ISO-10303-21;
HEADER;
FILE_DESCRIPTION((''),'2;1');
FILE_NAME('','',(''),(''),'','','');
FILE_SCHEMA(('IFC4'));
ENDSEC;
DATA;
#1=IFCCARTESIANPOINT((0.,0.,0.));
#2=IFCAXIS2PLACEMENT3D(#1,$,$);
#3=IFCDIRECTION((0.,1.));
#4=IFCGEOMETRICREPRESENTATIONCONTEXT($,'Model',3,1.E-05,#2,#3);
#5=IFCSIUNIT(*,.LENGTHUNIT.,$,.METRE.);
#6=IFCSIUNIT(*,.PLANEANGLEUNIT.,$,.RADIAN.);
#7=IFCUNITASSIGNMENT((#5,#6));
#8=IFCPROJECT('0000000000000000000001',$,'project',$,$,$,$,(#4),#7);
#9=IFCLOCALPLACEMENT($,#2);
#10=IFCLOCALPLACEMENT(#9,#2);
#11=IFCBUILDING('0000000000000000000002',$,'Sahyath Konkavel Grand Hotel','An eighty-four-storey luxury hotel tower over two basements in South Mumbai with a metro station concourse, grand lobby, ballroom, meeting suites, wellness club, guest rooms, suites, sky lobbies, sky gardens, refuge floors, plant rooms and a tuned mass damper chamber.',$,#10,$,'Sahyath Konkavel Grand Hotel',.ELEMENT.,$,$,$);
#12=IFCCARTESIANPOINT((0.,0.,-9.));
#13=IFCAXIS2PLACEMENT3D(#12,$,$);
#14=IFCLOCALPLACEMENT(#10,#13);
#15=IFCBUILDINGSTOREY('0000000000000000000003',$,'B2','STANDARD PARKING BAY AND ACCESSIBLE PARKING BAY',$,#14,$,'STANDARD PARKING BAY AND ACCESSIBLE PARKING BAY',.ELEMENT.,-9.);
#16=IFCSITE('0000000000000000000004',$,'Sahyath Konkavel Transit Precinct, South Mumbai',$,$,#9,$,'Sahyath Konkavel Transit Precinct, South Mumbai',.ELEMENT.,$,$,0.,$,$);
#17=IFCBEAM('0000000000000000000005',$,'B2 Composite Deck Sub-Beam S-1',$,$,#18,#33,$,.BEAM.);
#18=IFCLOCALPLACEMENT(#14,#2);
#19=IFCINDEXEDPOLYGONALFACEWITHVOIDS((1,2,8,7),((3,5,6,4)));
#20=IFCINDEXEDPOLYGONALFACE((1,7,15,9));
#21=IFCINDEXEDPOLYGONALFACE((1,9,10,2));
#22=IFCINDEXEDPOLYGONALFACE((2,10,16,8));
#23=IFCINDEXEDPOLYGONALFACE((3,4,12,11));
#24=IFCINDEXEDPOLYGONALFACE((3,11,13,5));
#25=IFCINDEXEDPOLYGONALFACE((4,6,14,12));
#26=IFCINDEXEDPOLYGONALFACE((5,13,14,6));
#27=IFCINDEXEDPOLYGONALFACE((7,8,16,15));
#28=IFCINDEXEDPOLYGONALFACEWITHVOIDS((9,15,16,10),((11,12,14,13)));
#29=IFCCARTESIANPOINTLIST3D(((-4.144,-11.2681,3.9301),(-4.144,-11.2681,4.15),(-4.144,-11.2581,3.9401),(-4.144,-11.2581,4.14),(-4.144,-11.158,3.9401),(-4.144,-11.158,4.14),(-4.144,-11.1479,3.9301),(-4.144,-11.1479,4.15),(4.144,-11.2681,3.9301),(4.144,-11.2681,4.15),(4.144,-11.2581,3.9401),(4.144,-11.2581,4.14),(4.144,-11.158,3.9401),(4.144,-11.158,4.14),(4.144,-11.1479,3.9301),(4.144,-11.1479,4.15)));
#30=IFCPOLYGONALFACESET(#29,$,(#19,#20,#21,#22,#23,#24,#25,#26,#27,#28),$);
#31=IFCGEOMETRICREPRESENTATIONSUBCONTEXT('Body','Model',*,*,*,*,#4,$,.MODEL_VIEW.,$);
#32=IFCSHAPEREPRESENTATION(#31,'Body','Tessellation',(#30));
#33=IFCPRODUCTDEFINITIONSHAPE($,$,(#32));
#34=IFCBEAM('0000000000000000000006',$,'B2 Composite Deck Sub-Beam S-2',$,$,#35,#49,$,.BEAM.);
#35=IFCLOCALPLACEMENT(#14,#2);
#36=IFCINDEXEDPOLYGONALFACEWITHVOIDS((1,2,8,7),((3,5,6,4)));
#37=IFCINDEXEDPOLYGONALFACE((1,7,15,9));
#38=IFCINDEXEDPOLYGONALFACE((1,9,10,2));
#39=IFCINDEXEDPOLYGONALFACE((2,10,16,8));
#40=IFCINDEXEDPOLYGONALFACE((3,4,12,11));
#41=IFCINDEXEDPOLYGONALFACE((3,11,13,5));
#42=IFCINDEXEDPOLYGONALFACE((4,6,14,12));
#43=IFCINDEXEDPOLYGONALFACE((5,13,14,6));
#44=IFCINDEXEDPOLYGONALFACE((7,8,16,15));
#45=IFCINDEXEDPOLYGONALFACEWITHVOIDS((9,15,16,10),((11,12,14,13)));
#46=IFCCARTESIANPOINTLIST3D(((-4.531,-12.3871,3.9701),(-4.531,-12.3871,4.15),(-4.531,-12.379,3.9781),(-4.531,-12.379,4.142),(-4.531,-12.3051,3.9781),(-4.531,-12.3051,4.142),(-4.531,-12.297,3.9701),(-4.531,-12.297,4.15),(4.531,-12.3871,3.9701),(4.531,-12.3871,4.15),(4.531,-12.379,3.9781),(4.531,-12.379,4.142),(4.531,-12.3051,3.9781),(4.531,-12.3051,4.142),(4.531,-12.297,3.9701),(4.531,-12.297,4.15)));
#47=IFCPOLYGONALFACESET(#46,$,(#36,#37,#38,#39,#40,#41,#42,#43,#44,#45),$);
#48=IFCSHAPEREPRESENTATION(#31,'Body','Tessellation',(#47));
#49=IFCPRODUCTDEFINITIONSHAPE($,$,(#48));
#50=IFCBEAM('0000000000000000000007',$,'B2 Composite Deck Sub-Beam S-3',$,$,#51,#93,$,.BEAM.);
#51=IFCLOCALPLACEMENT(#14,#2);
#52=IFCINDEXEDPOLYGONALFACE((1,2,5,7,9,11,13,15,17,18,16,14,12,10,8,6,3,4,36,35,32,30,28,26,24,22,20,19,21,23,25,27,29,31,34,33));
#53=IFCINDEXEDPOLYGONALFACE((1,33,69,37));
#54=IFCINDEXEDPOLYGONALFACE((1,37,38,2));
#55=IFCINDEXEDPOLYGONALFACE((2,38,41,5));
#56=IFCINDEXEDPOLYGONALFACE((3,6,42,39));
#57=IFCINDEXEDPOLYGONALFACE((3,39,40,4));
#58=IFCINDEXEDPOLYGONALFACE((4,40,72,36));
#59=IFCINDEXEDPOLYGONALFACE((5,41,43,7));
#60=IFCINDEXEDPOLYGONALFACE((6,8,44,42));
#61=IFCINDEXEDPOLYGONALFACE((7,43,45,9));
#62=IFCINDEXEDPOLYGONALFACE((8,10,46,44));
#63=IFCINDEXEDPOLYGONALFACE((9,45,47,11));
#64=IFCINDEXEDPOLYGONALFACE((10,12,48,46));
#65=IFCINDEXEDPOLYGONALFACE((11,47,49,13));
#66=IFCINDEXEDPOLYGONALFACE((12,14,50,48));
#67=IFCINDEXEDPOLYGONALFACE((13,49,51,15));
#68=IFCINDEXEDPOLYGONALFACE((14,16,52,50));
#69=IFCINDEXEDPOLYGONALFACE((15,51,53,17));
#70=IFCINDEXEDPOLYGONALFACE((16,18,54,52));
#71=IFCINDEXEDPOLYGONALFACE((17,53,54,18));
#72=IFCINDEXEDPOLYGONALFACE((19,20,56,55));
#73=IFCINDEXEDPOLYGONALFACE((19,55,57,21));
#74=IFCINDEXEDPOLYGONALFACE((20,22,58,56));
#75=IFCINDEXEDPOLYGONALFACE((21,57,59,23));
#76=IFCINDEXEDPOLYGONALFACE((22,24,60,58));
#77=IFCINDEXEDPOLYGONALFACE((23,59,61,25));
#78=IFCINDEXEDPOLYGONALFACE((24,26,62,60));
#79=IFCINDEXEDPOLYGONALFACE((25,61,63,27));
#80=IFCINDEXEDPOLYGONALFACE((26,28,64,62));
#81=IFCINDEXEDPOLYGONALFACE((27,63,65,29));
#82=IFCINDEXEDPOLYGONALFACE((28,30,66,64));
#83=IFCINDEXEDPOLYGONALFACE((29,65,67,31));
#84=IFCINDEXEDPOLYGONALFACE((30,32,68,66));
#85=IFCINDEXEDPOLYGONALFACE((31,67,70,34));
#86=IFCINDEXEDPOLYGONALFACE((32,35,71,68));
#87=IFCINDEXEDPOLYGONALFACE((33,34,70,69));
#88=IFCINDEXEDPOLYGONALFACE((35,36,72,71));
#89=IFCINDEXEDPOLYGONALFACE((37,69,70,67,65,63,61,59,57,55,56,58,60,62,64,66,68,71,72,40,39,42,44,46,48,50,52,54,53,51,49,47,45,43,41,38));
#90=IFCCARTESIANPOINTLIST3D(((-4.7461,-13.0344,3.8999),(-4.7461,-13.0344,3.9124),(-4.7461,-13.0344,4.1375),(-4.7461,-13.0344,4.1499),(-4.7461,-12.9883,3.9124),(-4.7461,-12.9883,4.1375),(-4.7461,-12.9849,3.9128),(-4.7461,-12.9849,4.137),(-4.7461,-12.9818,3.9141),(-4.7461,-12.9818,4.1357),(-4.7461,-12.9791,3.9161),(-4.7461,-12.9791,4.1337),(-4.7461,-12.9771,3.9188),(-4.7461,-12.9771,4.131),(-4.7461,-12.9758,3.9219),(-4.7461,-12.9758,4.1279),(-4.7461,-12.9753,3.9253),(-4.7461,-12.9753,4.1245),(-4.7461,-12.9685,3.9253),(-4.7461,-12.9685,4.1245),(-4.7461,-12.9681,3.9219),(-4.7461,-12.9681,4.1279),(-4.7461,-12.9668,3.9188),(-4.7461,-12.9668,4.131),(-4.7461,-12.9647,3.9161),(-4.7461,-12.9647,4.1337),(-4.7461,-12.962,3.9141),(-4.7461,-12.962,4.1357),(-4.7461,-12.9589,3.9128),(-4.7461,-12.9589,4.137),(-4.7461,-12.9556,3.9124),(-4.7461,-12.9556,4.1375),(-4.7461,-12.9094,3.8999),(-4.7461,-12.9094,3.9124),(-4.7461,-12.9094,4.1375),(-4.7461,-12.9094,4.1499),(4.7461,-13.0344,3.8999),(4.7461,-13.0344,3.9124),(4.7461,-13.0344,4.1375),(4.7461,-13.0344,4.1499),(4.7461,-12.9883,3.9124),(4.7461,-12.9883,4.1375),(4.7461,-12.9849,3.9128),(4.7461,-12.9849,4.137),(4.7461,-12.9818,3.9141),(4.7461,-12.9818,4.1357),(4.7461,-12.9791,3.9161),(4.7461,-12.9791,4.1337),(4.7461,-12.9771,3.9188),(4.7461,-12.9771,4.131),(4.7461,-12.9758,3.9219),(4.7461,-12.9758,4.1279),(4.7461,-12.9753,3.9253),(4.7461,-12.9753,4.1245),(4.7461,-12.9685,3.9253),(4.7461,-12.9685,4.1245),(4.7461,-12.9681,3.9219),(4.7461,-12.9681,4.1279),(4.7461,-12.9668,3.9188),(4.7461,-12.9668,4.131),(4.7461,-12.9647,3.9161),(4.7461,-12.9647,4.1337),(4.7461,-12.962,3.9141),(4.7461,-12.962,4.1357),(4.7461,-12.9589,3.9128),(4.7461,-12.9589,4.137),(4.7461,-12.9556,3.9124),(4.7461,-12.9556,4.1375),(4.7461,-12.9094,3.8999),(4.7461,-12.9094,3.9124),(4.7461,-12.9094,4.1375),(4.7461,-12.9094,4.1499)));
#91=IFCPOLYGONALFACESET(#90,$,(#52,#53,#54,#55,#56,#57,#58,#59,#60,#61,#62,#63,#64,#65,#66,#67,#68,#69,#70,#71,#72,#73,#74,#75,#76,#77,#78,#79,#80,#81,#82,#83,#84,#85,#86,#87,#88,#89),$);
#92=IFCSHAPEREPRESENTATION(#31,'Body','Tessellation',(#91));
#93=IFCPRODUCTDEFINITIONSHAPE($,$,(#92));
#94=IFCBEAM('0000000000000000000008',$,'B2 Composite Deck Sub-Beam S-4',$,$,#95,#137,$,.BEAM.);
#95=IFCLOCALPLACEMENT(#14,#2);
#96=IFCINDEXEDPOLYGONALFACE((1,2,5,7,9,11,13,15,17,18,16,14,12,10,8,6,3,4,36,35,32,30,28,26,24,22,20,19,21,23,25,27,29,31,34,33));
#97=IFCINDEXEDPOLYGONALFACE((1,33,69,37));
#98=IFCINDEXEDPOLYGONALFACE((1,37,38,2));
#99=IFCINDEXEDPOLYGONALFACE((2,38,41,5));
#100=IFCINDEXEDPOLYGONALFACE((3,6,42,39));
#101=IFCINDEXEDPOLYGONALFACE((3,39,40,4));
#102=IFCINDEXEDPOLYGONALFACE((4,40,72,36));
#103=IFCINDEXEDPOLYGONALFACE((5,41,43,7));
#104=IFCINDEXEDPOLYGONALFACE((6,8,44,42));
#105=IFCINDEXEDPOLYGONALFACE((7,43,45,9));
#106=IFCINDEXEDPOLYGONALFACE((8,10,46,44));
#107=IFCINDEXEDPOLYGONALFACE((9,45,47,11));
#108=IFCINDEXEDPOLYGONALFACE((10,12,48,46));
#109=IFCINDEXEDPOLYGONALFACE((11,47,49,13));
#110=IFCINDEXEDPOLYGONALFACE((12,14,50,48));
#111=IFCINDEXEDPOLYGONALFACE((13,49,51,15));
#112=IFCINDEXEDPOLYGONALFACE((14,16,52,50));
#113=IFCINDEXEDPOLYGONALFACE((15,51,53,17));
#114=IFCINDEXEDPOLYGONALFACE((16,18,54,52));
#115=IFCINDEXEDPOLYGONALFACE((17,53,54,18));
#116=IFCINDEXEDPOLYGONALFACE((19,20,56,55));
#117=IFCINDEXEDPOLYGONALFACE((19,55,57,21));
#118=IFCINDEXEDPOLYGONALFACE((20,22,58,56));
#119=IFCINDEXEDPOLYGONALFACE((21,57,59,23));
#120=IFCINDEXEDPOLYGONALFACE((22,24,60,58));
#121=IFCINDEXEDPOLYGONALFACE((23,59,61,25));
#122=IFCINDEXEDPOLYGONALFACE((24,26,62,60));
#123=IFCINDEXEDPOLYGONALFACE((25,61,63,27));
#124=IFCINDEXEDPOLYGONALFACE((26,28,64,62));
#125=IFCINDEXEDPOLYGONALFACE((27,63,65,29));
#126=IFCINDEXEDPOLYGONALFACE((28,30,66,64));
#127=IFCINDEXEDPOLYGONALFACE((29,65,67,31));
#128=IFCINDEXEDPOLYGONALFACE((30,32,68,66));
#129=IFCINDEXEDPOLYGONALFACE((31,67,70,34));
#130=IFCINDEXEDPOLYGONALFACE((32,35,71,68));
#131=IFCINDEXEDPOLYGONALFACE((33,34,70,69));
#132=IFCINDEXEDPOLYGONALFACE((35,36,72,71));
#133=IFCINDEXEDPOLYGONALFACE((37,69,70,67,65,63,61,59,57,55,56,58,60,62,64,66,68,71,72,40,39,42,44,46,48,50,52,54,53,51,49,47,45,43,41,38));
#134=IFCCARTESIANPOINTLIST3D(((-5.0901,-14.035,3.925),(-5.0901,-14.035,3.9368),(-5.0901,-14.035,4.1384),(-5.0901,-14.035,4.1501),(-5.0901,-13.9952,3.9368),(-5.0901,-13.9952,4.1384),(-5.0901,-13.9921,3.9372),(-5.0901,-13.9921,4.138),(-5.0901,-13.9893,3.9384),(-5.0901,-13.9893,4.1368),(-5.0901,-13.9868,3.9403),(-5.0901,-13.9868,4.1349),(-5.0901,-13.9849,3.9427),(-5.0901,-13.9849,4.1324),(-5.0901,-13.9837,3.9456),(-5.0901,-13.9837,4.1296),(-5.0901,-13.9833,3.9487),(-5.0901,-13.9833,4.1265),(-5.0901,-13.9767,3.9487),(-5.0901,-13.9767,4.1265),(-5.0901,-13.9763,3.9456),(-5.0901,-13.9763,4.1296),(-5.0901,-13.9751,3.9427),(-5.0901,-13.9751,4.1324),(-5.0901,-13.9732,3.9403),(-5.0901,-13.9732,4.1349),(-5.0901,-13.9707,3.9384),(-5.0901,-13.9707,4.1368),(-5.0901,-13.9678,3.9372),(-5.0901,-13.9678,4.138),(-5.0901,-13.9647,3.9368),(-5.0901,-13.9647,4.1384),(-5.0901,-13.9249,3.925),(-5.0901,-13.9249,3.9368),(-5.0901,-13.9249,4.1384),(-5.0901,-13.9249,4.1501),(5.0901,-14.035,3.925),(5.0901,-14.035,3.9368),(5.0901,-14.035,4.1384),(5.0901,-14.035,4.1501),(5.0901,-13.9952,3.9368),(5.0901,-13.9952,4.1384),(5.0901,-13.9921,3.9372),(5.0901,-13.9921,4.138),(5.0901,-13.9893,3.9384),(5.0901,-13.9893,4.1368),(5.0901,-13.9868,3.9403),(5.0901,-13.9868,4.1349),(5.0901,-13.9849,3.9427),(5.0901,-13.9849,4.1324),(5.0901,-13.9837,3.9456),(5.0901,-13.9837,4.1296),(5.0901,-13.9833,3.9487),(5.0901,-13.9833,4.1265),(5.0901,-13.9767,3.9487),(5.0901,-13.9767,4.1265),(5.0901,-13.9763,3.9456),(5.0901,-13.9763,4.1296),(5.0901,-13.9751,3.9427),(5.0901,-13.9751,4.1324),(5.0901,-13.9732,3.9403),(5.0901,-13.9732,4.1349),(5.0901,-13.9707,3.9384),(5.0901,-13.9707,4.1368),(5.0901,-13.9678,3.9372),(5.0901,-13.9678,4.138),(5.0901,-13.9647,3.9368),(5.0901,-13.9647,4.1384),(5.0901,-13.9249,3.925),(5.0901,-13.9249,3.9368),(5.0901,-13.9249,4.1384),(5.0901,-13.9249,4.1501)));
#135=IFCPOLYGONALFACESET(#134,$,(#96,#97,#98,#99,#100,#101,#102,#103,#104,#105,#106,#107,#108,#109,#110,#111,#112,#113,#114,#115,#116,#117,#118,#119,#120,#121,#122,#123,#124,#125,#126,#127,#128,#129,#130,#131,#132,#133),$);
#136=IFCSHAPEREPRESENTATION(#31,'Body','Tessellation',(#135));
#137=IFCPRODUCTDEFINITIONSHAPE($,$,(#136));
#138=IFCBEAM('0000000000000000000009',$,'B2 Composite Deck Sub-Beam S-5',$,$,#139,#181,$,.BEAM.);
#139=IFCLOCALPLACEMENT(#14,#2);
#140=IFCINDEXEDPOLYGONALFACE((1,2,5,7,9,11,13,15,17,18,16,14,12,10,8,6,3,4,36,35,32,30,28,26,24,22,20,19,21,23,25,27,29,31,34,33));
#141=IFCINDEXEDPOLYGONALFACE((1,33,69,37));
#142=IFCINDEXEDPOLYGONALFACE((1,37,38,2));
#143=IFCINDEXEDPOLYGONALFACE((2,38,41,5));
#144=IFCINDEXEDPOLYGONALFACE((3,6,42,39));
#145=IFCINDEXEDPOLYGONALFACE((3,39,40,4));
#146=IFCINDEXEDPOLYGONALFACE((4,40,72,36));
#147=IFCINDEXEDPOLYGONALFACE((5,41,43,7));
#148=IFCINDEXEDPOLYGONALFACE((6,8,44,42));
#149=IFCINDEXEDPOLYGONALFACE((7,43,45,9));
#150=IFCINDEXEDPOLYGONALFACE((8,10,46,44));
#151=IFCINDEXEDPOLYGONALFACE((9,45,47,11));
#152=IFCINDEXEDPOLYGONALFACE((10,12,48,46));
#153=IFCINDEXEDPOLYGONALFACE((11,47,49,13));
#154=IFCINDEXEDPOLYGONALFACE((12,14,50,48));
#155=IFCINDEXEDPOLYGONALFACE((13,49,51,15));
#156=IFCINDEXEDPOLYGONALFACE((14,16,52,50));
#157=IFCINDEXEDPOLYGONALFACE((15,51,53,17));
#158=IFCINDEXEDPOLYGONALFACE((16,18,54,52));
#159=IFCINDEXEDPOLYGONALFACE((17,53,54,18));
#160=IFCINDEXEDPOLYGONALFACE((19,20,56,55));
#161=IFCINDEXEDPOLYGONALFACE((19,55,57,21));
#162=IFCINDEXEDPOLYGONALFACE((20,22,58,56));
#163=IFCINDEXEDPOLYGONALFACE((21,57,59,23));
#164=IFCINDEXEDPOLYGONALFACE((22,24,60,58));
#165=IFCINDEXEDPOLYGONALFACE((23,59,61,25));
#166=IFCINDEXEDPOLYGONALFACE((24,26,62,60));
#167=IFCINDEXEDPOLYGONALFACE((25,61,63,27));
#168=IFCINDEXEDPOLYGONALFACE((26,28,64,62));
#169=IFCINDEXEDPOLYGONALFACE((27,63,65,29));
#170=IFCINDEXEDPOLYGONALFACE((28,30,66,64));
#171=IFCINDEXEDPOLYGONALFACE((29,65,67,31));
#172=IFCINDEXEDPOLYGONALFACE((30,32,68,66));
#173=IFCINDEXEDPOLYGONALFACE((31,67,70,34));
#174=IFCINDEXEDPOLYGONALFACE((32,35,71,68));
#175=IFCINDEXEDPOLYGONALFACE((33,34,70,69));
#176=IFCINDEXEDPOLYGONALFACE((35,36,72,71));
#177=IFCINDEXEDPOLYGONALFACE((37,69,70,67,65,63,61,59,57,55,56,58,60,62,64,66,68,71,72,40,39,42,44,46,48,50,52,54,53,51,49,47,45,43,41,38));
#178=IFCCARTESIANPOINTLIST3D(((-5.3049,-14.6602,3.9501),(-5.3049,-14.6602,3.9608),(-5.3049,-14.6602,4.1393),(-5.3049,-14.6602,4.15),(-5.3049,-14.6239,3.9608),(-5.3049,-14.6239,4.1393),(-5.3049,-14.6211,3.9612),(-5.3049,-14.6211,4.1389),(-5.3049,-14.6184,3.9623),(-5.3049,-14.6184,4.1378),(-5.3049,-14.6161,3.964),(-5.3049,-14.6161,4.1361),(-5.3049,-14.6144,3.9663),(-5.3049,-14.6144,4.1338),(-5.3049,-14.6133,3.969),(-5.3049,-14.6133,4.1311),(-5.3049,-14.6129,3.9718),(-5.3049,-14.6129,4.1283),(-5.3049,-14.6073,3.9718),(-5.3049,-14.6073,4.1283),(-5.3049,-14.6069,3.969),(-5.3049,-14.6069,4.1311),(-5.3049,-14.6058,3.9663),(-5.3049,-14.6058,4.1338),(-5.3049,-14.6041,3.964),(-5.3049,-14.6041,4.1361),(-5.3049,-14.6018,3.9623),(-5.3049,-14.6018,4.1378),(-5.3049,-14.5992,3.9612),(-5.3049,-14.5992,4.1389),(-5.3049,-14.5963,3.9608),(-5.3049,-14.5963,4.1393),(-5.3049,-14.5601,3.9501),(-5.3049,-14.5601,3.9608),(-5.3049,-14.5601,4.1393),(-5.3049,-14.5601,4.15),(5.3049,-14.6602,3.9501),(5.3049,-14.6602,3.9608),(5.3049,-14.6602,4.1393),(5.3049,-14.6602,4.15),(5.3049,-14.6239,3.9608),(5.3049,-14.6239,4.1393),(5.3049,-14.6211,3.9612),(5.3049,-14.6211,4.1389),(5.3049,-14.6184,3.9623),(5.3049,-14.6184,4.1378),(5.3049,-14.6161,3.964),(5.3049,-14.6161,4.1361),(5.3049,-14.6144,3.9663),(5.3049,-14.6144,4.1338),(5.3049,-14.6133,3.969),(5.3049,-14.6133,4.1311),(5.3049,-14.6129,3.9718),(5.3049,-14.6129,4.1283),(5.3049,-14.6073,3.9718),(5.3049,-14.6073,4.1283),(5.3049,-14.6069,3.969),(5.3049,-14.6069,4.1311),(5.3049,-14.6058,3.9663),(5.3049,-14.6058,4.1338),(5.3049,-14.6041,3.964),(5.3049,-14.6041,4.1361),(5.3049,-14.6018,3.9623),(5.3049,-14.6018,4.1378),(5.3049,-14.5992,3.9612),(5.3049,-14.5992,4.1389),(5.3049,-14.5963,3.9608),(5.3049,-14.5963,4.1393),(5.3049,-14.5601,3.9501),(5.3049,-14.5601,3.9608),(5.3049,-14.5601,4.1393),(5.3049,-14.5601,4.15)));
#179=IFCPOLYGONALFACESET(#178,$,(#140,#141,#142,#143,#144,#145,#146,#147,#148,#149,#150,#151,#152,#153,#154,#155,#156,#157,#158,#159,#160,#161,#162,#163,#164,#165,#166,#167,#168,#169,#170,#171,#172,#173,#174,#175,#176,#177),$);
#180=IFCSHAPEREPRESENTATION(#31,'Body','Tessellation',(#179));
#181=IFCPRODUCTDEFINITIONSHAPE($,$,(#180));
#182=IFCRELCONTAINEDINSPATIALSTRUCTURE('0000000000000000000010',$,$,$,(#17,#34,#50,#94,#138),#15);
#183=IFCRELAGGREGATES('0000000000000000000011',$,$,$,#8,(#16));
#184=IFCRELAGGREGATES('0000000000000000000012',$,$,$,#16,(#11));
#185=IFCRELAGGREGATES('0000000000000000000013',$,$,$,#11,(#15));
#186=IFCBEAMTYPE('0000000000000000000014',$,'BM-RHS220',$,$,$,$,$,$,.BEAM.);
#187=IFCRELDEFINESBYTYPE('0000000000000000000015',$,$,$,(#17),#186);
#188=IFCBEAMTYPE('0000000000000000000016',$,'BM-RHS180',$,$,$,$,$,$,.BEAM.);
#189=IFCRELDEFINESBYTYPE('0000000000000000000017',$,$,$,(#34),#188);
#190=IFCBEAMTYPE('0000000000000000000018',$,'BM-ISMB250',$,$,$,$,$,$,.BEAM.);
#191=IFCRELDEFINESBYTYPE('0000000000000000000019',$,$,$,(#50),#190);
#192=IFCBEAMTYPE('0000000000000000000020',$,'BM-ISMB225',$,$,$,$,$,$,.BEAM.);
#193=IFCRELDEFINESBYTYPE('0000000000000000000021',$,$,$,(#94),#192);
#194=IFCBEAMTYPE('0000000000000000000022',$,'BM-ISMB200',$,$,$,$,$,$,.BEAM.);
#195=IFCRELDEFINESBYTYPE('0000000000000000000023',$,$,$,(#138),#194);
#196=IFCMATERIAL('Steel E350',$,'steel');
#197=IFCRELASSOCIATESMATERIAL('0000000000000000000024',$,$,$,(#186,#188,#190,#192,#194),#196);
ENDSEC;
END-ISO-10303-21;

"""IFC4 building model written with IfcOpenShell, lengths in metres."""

from ifc_helpers import new_model, si_unit, direction, frame, origin, origin_2d, place, context, subcontext, project, spatial, hollow_rectangle, i_section, extrude, source, transform, mapped, material, material_profile, profile_set, type_object, element, save


model = new_model("IFC4")

# Units and contexts
model_context = context("Model", 3, precision=1e-05, world=origin(), true_north=direction((0.0, 1.0)))
body_context = subcontext(model_context, "Body", "Model", "MODEL_VIEW")
ifc_project = project(units=[si_unit("LENGTHUNIT", "METRE"), si_unit("PLANEANGLEUNIT", "RADIAN")], contexts=[model_context])

# Site, building, storey
site_placement = place(None, origin())
site = spatial("IfcSite", under=ifc_project, at=site_placement, Name="Sahyath Konkavel Transit Precinct, South Mumbai", LongName="Sahyath Konkavel Transit Precinct, South Mumbai", CompositionType="ELEMENT", RefElevation=0.0)
building_placement = place(site_placement, origin())
building = spatial("IfcBuilding", under=site, at=building_placement, Name="Sahyath Konkavel Grand Hotel", Description="An eighty-four-storey luxury hotel tower over two basements in South Mumbai with a metro station concourse, grand lobby, ballroom, meeting suites, wellness club, guest rooms, suites, sky lobbies, sky gardens, refuge floors, plant rooms and a tuned mass damper chamber.", LongName="Sahyath Konkavel Grand Hotel", CompositionType="ELEMENT")
storey_placement = place(building_placement, frame((0.0, 0.0, -9.0)))
storey = spatial("IfcBuildingStorey", under=building, at=storey_placement, Name="B2", Description="STANDARD PARKING BAY AND ACCESSIBLE PARKING BAY", LongName="STANDARD PARKING BAY AND ACCESSIBLE PARKING BAY", CompositionType="ELEMENT", Elevation=-9.0)

# Beams
ifc_material_1 = material(Name="Steel E350", Category="steel")
ifc_material_profile_1 = material_profile(ifc_material_1, hollow_rectangle(XDim=0.1201, YDim=0.22, WallThickness=0.01, at=origin_2d()), Name="RHS 220x120x10")
ifc_profile_set_1 = profile_set([ifc_material_profile_1], Name="Steel E350")
beam_type_1 = type_object("IfcBeamType", Name="BM-RHS220", PredefinedType="BEAM", material=ifc_profile_set_1)
shared_shape_1 = source(origin(), body_context, "Body", "SweptSolid", [
    extrude(hollow_rectangle(XDim=0.1201, YDim=0.22, WallThickness=0.01, at=origin_2d()), origin(), (0.0, 0.0, 1.0), 8.2881),
])
beam_1_placement = place(storey_placement, frame((-4.144, -11.208, 4.04), z_axis=(1.0, 0.0, 0.0), x_axis=(0.0, 1.0, 0.0)))
element("IfcBeam", 1, at=beam_1_placement, inside=storey, type_object=beam_type_1, Name="B2 Composite Deck Sub-Beam S-1", PredefinedType="BEAM", context=body_context, shape_type="MappedRepresentation", body=[
    mapped(shared_shape_1, transform((0.0, 0.0, 0.0), scale=1.0)),
])
ifc_material_profile_2 = material_profile(ifc_material_1, hollow_rectangle(XDim=0.0901, YDim=0.1799, WallThickness=0.0081, at=origin_2d()), Name="RHS 180x90x8")
ifc_profile_set_2 = profile_set([ifc_material_profile_2], Name="Steel E350")
beam_type_2 = type_object("IfcBeamType", Name="BM-RHS180", PredefinedType="BEAM", material=ifc_profile_set_2)
shared_shape_2 = source(origin(), body_context, "Body", "SweptSolid", [
    extrude(hollow_rectangle(XDim=0.0901, YDim=0.1799, WallThickness=0.0081, at=origin_2d()), origin(), (0.0, 0.0, 1.0), 9.062),
])
beam_2_placement = place(storey_placement, frame((-4.531, -12.342, 4.0601), z_axis=(1.0, 0.0, 0.0), x_axis=(0.0, 1.0, 0.0)))
element("IfcBeam", 2, at=beam_2_placement, inside=storey, type_object=beam_type_2, Name="B2 Composite Deck Sub-Beam S-2", PredefinedType="BEAM", context=body_context, shape_type="MappedRepresentation", body=[
    mapped(shared_shape_2, transform((0.0, 0.0, 0.0), scale=1.0)),
])
ifc_material_profile_3 = material_profile(ifc_material_1, i_section(OverallWidth=0.125, OverallDepth=0.25, WebThickness=0.0068, FlangeThickness=0.0125, FilletRadius=0.0129, at=origin_2d()), Name="ISMB 250")
ifc_profile_set_3 = profile_set([ifc_material_profile_3], Name="Steel E350")
beam_type_3 = type_object("IfcBeamType", Name="BM-ISMB250", PredefinedType="BEAM", material=ifc_profile_set_3)
shared_shape_3 = source(origin(), body_context, "Body", "SweptSolid", [
    extrude(i_section(OverallWidth=0.125, OverallDepth=0.25, WebThickness=0.0068, FlangeThickness=0.0125, FilletRadius=0.0129, at=origin_2d()), origin(), (0.0, 0.0, 1.0), 9.4922),
])
beam_3_placement = place(storey_placement, frame((-4.7461, -12.9719, 4.0249), z_axis=(1.0, 0.0, 0.0), x_axis=(0.0, 1.0, 0.0)))
element("IfcBeam", 3, at=beam_3_placement, inside=storey, type_object=beam_type_3, Name="B2 Composite Deck Sub-Beam S-3", PredefinedType="BEAM", context=body_context, shape_type="MappedRepresentation", body=[
    mapped(shared_shape_3, transform((0.0, 0.0, 0.0), scale=1.0)),
])
ifc_material_profile_4 = material_profile(ifc_material_1, i_section(OverallWidth=0.1101, OverallDepth=0.2251, WebThickness=0.0066, FlangeThickness=0.0117, FilletRadius=0.012, at=origin_2d()), Name="ISMB 225")
ifc_profile_set_4 = profile_set([ifc_material_profile_4], Name="Steel E350")
beam_type_4 = type_object("IfcBeamType", Name="BM-ISMB225", PredefinedType="BEAM", material=ifc_profile_set_4)
shared_shape_4 = source(origin(), body_context, "Body", "SweptSolid", [
    extrude(i_section(OverallWidth=0.1101, OverallDepth=0.2251, WebThickness=0.0066, FlangeThickness=0.0117, FilletRadius=0.012, at=origin_2d()), origin(), (0.0, 0.0, 1.0), 10.1802),
])
beam_4_placement = place(storey_placement, frame((-5.0901, -13.98, 4.0376), z_axis=(1.0, 0.0, 0.0), x_axis=(0.0, 1.0, 0.0)))
element("IfcBeam", 4, at=beam_4_placement, inside=storey, type_object=beam_type_4, Name="B2 Composite Deck Sub-Beam S-4", PredefinedType="BEAM", context=body_context, shape_type="MappedRepresentation", body=[
    mapped(shared_shape_4, transform((0.0, 0.0, 0.0), scale=1.0)),
])
ifc_material_profile_5 = material_profile(ifc_material_1, i_section(OverallWidth=0.1001, OverallDepth=0.2, WebThickness=0.0056, FlangeThickness=0.0107, FilletRadius=0.011, at=origin_2d()), Name="ISMB 200")
ifc_profile_set_5 = profile_set([ifc_material_profile_5], Name="Steel E350")
beam_type_5 = type_object("IfcBeamType", Name="BM-ISMB200", PredefinedType="BEAM", material=ifc_profile_set_5)
shared_shape_5 = source(origin(), body_context, "Body", "SweptSolid", [
    extrude(i_section(OverallWidth=0.1001, OverallDepth=0.2, WebThickness=0.0056, FlangeThickness=0.0107, FilletRadius=0.011, at=origin_2d()), origin(), (0.0, 0.0, 1.0), 10.6099),
])
beam_5_placement = place(storey_placement, frame((-5.3049, -14.6101, 4.05), z_axis=(1.0, 0.0, 0.0), x_axis=(0.0, 1.0, 0.0)))
element("IfcBeam", 5, at=beam_5_placement, inside=storey, type_object=beam_type_5, Name="B2 Composite Deck Sub-Beam S-5", PredefinedType="BEAM", context=body_context, shape_type="MappedRepresentation", body=[
    mapped(shared_shape_5, transform((0.0, 0.0, 0.0), scale=1.0)),
])

save(model, "model.ifc")
